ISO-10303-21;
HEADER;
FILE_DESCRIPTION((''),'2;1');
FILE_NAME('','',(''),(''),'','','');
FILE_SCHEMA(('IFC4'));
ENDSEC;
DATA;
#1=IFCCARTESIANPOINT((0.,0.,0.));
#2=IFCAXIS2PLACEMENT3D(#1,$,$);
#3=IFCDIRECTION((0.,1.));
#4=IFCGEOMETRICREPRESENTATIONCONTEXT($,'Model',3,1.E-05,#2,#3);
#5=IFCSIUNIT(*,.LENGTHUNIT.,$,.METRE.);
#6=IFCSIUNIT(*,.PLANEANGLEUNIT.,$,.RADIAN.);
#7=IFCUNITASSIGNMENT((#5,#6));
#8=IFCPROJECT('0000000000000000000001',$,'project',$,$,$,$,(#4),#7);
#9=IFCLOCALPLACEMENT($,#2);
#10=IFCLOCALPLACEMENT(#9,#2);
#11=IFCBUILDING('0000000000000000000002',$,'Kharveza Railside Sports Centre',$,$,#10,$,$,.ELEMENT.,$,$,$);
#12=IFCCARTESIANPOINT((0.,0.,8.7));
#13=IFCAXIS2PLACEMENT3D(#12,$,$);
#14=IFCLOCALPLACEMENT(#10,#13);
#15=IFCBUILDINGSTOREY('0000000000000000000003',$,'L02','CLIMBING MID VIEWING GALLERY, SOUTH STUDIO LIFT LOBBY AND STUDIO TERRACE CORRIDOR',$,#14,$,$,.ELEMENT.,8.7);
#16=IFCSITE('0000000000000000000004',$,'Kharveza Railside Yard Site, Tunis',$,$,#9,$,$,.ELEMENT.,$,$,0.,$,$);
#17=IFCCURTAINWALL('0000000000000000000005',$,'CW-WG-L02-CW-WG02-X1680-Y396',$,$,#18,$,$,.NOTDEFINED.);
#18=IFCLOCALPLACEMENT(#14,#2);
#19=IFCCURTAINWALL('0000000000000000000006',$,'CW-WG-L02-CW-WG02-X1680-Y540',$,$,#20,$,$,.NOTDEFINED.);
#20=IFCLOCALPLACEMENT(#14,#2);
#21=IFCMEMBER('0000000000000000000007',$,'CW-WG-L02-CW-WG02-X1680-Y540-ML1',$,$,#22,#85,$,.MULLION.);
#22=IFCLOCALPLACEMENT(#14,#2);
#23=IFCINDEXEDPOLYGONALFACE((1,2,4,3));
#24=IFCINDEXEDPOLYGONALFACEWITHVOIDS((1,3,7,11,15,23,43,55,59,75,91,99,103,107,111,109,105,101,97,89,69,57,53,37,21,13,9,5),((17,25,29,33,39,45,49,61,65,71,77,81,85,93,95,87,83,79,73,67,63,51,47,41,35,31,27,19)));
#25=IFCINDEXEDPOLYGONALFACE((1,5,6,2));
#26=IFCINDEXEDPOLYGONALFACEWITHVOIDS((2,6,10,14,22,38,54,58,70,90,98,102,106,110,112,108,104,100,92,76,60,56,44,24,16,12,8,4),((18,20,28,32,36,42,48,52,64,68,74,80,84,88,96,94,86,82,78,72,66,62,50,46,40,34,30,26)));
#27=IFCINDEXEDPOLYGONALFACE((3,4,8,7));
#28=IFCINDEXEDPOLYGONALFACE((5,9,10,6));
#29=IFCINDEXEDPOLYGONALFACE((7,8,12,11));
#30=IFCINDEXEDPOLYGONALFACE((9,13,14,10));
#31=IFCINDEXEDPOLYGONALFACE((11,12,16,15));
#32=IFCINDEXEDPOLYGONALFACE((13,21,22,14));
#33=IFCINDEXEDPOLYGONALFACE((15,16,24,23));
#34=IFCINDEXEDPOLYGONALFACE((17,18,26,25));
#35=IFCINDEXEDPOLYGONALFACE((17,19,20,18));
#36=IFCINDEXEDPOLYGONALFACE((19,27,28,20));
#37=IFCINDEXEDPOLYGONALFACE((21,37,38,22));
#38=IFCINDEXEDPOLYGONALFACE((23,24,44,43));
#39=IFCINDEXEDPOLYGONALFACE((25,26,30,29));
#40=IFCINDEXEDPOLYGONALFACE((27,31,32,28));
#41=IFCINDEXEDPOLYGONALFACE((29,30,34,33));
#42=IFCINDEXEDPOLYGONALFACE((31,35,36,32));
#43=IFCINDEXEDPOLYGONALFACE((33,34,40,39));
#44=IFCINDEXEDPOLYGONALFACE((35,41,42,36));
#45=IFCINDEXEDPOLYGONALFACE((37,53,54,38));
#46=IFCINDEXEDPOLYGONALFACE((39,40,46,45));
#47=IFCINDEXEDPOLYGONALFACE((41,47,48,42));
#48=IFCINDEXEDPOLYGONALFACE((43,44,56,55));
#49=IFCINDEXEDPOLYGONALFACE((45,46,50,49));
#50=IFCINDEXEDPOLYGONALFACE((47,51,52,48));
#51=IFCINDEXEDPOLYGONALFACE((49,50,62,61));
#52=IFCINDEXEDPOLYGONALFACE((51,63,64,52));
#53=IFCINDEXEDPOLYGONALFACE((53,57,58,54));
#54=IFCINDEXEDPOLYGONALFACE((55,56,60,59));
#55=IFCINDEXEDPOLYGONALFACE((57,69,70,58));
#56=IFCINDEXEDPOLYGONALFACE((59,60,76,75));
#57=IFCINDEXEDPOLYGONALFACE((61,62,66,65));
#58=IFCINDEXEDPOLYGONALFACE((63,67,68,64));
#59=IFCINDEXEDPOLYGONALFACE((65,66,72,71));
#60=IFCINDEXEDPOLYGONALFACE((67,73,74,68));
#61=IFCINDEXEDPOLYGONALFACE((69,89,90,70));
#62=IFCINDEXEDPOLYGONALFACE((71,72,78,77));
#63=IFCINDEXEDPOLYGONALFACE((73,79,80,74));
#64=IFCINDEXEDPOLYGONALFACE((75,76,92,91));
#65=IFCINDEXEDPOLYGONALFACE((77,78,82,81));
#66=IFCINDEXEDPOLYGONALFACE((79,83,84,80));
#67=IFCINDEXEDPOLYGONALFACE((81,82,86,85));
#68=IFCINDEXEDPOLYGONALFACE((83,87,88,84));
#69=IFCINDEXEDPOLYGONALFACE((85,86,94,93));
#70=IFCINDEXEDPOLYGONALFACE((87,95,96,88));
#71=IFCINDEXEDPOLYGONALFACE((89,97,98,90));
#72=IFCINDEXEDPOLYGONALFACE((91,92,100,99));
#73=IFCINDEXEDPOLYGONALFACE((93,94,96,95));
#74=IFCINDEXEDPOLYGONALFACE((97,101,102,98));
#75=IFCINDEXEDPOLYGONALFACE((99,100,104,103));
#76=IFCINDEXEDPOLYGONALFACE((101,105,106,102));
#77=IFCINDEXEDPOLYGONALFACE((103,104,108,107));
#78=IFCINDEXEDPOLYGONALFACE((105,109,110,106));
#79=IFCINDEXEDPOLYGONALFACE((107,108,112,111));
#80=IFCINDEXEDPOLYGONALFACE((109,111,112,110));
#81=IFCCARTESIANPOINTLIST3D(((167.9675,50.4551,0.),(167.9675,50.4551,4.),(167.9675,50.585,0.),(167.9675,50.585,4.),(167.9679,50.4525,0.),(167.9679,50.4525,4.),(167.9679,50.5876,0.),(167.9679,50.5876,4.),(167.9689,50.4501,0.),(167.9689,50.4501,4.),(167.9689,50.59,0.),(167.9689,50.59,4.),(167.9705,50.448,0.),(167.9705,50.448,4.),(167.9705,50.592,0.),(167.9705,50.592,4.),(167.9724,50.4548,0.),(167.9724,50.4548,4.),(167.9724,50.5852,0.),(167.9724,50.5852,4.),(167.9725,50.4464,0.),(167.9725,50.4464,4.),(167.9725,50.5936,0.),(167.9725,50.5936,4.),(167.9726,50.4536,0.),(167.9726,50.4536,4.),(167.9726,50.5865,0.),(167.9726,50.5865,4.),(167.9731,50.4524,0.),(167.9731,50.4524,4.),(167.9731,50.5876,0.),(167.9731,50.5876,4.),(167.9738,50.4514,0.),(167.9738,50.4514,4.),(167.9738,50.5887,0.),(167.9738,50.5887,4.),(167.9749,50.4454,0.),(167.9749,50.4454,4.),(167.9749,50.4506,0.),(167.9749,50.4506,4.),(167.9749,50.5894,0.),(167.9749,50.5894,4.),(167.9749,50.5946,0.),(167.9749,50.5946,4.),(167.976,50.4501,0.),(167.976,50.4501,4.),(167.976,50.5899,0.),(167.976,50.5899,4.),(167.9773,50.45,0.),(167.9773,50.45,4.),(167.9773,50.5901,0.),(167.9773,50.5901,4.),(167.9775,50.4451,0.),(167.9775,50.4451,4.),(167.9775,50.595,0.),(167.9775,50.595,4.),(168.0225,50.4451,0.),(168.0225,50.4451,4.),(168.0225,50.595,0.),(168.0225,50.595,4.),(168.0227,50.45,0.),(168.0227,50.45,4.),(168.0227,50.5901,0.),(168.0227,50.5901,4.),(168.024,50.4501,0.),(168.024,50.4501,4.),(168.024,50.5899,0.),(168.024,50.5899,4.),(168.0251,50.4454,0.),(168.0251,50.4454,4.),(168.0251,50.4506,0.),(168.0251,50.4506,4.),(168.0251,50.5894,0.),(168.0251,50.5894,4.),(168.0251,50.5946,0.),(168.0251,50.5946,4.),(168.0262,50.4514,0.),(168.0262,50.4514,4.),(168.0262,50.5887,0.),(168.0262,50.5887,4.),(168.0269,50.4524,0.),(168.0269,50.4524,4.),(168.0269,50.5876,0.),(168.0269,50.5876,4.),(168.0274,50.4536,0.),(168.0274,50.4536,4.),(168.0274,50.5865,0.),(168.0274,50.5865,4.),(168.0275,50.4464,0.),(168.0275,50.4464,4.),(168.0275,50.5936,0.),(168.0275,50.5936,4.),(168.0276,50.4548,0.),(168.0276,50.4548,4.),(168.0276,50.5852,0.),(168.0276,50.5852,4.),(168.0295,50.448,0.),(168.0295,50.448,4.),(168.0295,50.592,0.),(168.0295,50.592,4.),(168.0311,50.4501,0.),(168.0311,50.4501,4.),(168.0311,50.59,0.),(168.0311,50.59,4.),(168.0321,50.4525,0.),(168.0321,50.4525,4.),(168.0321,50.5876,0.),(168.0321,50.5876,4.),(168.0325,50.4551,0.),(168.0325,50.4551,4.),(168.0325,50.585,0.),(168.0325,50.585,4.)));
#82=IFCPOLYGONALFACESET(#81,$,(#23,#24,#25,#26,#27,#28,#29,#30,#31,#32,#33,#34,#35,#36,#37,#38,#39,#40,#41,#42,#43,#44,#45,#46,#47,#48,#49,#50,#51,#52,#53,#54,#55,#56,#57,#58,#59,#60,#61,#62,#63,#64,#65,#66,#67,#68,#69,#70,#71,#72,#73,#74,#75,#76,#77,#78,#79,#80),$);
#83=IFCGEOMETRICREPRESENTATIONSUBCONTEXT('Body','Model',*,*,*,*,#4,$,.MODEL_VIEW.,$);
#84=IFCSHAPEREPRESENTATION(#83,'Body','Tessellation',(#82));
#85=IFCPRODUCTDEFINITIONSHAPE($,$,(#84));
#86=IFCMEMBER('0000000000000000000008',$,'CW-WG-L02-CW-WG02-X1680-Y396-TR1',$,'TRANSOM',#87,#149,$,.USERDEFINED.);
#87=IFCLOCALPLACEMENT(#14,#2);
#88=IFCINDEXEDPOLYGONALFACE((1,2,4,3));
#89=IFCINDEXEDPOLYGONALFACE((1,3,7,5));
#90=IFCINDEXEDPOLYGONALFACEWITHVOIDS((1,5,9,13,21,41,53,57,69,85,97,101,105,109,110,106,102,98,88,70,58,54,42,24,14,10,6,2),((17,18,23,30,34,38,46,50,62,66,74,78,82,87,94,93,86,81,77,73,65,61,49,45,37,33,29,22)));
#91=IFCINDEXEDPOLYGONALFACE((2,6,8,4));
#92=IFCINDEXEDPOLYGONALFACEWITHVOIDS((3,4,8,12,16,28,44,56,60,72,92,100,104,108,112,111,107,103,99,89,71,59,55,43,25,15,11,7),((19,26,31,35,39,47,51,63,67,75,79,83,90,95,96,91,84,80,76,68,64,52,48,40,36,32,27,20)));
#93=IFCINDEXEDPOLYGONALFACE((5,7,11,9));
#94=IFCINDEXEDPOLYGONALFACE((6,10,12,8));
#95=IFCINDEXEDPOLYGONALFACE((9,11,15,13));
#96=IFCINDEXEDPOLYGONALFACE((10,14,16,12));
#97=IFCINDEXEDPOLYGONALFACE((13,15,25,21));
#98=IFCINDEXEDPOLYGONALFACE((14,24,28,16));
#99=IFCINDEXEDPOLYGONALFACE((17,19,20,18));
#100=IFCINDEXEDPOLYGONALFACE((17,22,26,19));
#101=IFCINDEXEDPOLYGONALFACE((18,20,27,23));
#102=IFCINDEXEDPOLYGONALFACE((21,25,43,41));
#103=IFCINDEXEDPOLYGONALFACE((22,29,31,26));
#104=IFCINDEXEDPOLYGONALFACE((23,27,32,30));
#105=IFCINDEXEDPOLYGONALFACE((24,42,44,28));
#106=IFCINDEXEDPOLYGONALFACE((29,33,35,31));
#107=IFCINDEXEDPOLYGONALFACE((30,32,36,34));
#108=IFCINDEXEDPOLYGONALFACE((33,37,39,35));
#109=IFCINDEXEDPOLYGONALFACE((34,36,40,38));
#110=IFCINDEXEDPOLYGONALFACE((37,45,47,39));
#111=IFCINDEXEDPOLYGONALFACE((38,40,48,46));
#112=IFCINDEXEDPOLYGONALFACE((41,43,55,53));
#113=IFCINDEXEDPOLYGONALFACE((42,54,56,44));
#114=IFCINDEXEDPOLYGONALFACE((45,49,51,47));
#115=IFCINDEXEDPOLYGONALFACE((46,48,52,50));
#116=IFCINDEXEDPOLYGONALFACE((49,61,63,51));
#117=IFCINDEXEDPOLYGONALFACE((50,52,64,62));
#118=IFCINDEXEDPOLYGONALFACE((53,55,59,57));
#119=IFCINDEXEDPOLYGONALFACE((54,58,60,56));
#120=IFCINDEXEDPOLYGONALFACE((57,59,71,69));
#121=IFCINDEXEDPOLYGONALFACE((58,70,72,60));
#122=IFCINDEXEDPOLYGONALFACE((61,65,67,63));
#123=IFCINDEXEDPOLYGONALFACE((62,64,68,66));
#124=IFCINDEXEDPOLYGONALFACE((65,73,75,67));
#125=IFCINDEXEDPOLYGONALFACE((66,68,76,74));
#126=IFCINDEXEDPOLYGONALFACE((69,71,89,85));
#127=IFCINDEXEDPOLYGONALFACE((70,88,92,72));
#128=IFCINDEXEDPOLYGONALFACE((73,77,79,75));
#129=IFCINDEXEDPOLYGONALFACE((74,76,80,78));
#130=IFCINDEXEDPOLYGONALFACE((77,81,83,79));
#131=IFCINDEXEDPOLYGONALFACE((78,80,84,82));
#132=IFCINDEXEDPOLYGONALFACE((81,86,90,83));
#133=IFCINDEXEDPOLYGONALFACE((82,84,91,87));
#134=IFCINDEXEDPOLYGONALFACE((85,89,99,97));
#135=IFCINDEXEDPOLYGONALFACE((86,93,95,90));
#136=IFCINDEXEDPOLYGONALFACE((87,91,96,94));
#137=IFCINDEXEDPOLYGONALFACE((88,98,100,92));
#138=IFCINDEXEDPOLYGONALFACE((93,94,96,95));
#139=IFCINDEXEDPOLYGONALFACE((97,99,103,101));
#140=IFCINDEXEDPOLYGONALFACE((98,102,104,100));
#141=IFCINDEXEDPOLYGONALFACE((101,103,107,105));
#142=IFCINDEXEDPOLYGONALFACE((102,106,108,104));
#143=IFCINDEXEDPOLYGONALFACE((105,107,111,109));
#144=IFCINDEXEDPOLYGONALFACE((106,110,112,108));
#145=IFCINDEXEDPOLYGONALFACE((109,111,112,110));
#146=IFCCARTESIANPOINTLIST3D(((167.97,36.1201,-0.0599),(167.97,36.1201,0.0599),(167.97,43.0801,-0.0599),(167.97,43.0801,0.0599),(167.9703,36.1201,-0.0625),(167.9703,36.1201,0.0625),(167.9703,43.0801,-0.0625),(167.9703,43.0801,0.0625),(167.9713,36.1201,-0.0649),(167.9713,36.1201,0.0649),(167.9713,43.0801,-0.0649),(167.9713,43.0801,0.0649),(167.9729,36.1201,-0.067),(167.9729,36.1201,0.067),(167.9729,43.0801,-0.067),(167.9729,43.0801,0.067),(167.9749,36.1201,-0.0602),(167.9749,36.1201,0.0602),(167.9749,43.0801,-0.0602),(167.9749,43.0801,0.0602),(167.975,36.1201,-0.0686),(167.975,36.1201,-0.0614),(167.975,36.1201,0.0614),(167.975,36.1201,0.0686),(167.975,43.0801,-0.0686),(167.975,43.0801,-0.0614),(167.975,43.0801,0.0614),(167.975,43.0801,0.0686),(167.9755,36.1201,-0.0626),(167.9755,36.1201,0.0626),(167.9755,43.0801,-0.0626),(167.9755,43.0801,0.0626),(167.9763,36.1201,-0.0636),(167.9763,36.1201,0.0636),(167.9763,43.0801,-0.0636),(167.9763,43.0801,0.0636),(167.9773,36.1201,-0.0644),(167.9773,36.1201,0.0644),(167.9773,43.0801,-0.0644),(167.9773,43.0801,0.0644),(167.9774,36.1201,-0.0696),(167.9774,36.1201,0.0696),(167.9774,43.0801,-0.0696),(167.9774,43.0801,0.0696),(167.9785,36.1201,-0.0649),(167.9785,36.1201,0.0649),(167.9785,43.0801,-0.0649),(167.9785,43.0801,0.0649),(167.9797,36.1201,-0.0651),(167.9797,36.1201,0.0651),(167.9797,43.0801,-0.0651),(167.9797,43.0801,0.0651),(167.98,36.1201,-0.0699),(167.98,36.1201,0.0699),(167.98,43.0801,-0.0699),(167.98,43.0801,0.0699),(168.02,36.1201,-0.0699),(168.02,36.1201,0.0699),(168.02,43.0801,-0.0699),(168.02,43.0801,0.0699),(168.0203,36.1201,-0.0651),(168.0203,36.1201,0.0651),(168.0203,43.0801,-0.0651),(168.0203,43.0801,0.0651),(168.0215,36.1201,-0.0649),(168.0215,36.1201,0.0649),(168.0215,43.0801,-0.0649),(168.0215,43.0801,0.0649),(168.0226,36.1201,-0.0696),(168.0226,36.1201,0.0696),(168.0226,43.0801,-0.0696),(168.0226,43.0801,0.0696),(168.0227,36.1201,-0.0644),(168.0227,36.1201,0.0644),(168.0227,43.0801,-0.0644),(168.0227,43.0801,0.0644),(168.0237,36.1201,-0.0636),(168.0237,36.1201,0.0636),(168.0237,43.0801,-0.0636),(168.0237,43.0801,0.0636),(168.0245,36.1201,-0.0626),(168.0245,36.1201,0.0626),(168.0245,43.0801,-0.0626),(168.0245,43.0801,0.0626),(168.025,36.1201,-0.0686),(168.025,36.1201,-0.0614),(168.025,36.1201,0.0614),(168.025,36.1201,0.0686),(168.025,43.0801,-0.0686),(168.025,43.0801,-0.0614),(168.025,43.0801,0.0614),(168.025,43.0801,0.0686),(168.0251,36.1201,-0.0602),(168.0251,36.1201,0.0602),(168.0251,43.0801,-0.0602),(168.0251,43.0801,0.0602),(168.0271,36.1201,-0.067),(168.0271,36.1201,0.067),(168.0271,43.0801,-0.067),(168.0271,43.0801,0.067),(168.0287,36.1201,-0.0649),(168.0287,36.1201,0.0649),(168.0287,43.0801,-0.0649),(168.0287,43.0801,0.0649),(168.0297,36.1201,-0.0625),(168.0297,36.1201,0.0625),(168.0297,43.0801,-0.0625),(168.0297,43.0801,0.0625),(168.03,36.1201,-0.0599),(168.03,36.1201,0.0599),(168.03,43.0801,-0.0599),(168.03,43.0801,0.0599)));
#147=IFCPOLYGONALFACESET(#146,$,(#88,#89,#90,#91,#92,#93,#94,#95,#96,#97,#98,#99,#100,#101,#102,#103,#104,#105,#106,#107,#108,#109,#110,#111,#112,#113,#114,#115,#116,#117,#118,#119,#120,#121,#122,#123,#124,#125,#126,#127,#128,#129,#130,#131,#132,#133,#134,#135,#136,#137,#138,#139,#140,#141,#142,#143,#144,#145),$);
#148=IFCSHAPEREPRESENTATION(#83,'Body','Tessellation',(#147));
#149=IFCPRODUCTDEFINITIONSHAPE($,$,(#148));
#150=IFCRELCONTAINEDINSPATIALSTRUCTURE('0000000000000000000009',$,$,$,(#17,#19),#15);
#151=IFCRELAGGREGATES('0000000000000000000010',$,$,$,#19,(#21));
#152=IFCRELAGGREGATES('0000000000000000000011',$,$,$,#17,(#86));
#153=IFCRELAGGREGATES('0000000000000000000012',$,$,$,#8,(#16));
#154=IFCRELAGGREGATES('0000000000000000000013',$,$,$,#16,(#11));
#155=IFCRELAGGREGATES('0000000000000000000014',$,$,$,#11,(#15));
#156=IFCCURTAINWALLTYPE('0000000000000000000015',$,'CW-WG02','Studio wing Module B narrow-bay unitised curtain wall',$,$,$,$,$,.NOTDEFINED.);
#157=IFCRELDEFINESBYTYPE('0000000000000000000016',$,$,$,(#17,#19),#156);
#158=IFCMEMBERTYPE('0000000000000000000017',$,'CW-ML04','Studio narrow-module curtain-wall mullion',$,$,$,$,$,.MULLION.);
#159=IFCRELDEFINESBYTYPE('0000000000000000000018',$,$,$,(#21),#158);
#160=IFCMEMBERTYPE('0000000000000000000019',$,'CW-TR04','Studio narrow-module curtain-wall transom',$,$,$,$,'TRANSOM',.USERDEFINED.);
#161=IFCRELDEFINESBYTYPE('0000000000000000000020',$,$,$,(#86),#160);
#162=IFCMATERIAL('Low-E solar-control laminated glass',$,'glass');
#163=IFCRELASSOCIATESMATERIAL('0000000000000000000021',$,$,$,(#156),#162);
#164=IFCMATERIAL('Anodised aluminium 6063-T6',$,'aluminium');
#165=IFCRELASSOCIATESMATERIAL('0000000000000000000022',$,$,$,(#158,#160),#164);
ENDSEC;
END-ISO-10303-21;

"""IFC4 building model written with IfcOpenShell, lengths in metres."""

from ifc_helpers import new_model, si_unit, direction, frame, origin, origin_2d, place, context, subcontext, project, spatial, hollow_rectangle, extrude, material, material_profile, profile_set, type_object, element, aggregate, save


model = new_model("IFC4")

# Units and contexts
model_context = context("Model", 3, precision=1e-05, world=origin(), true_north=direction((0.0, 1.0)))
body_context = subcontext(model_context, "Body", "Model", "MODEL_VIEW")
ifc_project = project(units=[si_unit("LENGTHUNIT", "METRE"), si_unit("PLANEANGLEUNIT", "RADIAN")], contexts=[model_context])

# Site, building, storey
site_placement = place(None, origin())
site = spatial("IfcSite", under=ifc_project, at=site_placement, Name="Kharveza Railside Yard Site, Tunis", CompositionType="ELEMENT", RefElevation=0.0)
building_placement = place(site_placement, origin())
building = spatial("IfcBuilding", under=site, at=building_placement, Name="Kharveza Railside Sports Centre", CompositionType="ELEMENT")
storey_placement = place(building_placement, frame((0.0, 0.0, 8.7)))
storey = spatial("IfcBuildingStorey", under=building, at=storey_placement, Name="L02", Description="CLIMBING MID VIEWING GALLERY, SOUTH STUDIO LIFT LOBBY AND STUDIO TERRACE CORRIDOR", CompositionType="ELEMENT", Elevation=8.7)

# Shared definitions
ifc_material_1 = material(Name="Low-E solar-control laminated glass", Category="glass")
curtain_wall_type = type_object("IfcCurtainWallType", Name="CW-WG02", Description="Studio wing Module B narrow-bay unitised curtain wall", PredefinedType="NOTDEFINED", material=ifc_material_1)
ifc_material_2 = material(Name="Anodised aluminium 6063-T6", Category="aluminium")
ifc_material_profile_1 = material_profile(ifc_material_2, hollow_rectangle(XDim=0.0649, YDim=0.1499, WallThickness=0.0049, InnerFilletRadius=0.0049, OuterFilletRadius=0.01, at=origin_2d()), Name="RHS 65x150x5.0")
ifc_profile_set_1 = profile_set([ifc_material_profile_1], Name="Anodised aluminium 6063-T6")
member_type_1 = type_object("IfcMemberType", Name="CW-ML04", Description="Studio narrow-module curtain-wall mullion", PredefinedType="MULLION", material=ifc_profile_set_1)

# Curtain wall
curtain_wall_1_placement = place(storey_placement, origin())
curtain_wall_1 = element("IfcCurtainWall", 1, at=curtain_wall_1_placement, inside=storey, type_object=curtain_wall_type, Name="CW-WG-L02-CW-WG02-X1680-Y396", PredefinedType="NOTDEFINED")

# Curtain wall, member
curtain_wall_2_placement = place(storey_placement, origin())
curtain_wall_2 = element("IfcCurtainWall", 2, at=curtain_wall_2_placement, inside=storey, type_object=curtain_wall_type, Name="CW-WG-L02-CW-WG02-X1680-Y540", PredefinedType="NOTDEFINED")
member_1_placement = place(storey_placement, frame((168.0, 50.52, 0.0), z_axis=(0.0, 0.0, 1.0), x_axis=(1.0, 0.0, 0.0)))
member_1 = element("IfcMember", 3, at=member_1_placement, type_object=member_type_1, Name="CW-WG-L02-CW-WG02-X1680-Y540-ML1", PredefinedType="MULLION", context=body_context, shape_type="SweptSolid", body=[
    extrude(hollow_rectangle(XDim=0.0649, YDim=0.1499, WallThickness=0.0049, InnerFilletRadius=0.0049, OuterFilletRadius=0.01, at=origin_2d()), origin(), (0.0, 0.0, 1.0), 4.0),
])

# Member
ifc_material_profile_2 = material_profile(ifc_material_2, hollow_rectangle(XDim=0.0601, YDim=0.1399, WallThickness=0.0049, InnerFilletRadius=0.0049, OuterFilletRadius=0.01, at=origin_2d()), Name="RHS 60x140x5.0")
ifc_profile_set_2 = profile_set([ifc_material_profile_2], Name="Anodised aluminium 6063-T6")
member_type_2 = type_object("IfcMemberType", Name="CW-TR04", Description="Studio narrow-module curtain-wall transom", ElementType="TRANSOM", PredefinedType="USERDEFINED", material=ifc_profile_set_2)
member_2_placement = place(storey_placement, frame((168.0, 36.1201, 0.0), z_axis=(0.0, 1.0, 0.0), x_axis=(-1.0, 0.0, 0.0)))
member_2 = element("IfcMember", 4, at=member_2_placement, type_object=member_type_2, Name="CW-WG-L02-CW-WG02-X1680-Y396-TR1", ObjectType="TRANSOM", PredefinedType="USERDEFINED", context=body_context, shape_type="SweptSolid", body=[
    extrude(hollow_rectangle(XDim=0.0601, YDim=0.1399, WallThickness=0.0049, InnerFilletRadius=0.0049, OuterFilletRadius=0.01, at=origin_2d()), origin(), (0.0, 0.0, 1.0), 6.96),
])
aggregate(curtain_wall_2, [member_1])

aggregate(curtain_wall_1, [member_2])

save(model, "model.ifc")
